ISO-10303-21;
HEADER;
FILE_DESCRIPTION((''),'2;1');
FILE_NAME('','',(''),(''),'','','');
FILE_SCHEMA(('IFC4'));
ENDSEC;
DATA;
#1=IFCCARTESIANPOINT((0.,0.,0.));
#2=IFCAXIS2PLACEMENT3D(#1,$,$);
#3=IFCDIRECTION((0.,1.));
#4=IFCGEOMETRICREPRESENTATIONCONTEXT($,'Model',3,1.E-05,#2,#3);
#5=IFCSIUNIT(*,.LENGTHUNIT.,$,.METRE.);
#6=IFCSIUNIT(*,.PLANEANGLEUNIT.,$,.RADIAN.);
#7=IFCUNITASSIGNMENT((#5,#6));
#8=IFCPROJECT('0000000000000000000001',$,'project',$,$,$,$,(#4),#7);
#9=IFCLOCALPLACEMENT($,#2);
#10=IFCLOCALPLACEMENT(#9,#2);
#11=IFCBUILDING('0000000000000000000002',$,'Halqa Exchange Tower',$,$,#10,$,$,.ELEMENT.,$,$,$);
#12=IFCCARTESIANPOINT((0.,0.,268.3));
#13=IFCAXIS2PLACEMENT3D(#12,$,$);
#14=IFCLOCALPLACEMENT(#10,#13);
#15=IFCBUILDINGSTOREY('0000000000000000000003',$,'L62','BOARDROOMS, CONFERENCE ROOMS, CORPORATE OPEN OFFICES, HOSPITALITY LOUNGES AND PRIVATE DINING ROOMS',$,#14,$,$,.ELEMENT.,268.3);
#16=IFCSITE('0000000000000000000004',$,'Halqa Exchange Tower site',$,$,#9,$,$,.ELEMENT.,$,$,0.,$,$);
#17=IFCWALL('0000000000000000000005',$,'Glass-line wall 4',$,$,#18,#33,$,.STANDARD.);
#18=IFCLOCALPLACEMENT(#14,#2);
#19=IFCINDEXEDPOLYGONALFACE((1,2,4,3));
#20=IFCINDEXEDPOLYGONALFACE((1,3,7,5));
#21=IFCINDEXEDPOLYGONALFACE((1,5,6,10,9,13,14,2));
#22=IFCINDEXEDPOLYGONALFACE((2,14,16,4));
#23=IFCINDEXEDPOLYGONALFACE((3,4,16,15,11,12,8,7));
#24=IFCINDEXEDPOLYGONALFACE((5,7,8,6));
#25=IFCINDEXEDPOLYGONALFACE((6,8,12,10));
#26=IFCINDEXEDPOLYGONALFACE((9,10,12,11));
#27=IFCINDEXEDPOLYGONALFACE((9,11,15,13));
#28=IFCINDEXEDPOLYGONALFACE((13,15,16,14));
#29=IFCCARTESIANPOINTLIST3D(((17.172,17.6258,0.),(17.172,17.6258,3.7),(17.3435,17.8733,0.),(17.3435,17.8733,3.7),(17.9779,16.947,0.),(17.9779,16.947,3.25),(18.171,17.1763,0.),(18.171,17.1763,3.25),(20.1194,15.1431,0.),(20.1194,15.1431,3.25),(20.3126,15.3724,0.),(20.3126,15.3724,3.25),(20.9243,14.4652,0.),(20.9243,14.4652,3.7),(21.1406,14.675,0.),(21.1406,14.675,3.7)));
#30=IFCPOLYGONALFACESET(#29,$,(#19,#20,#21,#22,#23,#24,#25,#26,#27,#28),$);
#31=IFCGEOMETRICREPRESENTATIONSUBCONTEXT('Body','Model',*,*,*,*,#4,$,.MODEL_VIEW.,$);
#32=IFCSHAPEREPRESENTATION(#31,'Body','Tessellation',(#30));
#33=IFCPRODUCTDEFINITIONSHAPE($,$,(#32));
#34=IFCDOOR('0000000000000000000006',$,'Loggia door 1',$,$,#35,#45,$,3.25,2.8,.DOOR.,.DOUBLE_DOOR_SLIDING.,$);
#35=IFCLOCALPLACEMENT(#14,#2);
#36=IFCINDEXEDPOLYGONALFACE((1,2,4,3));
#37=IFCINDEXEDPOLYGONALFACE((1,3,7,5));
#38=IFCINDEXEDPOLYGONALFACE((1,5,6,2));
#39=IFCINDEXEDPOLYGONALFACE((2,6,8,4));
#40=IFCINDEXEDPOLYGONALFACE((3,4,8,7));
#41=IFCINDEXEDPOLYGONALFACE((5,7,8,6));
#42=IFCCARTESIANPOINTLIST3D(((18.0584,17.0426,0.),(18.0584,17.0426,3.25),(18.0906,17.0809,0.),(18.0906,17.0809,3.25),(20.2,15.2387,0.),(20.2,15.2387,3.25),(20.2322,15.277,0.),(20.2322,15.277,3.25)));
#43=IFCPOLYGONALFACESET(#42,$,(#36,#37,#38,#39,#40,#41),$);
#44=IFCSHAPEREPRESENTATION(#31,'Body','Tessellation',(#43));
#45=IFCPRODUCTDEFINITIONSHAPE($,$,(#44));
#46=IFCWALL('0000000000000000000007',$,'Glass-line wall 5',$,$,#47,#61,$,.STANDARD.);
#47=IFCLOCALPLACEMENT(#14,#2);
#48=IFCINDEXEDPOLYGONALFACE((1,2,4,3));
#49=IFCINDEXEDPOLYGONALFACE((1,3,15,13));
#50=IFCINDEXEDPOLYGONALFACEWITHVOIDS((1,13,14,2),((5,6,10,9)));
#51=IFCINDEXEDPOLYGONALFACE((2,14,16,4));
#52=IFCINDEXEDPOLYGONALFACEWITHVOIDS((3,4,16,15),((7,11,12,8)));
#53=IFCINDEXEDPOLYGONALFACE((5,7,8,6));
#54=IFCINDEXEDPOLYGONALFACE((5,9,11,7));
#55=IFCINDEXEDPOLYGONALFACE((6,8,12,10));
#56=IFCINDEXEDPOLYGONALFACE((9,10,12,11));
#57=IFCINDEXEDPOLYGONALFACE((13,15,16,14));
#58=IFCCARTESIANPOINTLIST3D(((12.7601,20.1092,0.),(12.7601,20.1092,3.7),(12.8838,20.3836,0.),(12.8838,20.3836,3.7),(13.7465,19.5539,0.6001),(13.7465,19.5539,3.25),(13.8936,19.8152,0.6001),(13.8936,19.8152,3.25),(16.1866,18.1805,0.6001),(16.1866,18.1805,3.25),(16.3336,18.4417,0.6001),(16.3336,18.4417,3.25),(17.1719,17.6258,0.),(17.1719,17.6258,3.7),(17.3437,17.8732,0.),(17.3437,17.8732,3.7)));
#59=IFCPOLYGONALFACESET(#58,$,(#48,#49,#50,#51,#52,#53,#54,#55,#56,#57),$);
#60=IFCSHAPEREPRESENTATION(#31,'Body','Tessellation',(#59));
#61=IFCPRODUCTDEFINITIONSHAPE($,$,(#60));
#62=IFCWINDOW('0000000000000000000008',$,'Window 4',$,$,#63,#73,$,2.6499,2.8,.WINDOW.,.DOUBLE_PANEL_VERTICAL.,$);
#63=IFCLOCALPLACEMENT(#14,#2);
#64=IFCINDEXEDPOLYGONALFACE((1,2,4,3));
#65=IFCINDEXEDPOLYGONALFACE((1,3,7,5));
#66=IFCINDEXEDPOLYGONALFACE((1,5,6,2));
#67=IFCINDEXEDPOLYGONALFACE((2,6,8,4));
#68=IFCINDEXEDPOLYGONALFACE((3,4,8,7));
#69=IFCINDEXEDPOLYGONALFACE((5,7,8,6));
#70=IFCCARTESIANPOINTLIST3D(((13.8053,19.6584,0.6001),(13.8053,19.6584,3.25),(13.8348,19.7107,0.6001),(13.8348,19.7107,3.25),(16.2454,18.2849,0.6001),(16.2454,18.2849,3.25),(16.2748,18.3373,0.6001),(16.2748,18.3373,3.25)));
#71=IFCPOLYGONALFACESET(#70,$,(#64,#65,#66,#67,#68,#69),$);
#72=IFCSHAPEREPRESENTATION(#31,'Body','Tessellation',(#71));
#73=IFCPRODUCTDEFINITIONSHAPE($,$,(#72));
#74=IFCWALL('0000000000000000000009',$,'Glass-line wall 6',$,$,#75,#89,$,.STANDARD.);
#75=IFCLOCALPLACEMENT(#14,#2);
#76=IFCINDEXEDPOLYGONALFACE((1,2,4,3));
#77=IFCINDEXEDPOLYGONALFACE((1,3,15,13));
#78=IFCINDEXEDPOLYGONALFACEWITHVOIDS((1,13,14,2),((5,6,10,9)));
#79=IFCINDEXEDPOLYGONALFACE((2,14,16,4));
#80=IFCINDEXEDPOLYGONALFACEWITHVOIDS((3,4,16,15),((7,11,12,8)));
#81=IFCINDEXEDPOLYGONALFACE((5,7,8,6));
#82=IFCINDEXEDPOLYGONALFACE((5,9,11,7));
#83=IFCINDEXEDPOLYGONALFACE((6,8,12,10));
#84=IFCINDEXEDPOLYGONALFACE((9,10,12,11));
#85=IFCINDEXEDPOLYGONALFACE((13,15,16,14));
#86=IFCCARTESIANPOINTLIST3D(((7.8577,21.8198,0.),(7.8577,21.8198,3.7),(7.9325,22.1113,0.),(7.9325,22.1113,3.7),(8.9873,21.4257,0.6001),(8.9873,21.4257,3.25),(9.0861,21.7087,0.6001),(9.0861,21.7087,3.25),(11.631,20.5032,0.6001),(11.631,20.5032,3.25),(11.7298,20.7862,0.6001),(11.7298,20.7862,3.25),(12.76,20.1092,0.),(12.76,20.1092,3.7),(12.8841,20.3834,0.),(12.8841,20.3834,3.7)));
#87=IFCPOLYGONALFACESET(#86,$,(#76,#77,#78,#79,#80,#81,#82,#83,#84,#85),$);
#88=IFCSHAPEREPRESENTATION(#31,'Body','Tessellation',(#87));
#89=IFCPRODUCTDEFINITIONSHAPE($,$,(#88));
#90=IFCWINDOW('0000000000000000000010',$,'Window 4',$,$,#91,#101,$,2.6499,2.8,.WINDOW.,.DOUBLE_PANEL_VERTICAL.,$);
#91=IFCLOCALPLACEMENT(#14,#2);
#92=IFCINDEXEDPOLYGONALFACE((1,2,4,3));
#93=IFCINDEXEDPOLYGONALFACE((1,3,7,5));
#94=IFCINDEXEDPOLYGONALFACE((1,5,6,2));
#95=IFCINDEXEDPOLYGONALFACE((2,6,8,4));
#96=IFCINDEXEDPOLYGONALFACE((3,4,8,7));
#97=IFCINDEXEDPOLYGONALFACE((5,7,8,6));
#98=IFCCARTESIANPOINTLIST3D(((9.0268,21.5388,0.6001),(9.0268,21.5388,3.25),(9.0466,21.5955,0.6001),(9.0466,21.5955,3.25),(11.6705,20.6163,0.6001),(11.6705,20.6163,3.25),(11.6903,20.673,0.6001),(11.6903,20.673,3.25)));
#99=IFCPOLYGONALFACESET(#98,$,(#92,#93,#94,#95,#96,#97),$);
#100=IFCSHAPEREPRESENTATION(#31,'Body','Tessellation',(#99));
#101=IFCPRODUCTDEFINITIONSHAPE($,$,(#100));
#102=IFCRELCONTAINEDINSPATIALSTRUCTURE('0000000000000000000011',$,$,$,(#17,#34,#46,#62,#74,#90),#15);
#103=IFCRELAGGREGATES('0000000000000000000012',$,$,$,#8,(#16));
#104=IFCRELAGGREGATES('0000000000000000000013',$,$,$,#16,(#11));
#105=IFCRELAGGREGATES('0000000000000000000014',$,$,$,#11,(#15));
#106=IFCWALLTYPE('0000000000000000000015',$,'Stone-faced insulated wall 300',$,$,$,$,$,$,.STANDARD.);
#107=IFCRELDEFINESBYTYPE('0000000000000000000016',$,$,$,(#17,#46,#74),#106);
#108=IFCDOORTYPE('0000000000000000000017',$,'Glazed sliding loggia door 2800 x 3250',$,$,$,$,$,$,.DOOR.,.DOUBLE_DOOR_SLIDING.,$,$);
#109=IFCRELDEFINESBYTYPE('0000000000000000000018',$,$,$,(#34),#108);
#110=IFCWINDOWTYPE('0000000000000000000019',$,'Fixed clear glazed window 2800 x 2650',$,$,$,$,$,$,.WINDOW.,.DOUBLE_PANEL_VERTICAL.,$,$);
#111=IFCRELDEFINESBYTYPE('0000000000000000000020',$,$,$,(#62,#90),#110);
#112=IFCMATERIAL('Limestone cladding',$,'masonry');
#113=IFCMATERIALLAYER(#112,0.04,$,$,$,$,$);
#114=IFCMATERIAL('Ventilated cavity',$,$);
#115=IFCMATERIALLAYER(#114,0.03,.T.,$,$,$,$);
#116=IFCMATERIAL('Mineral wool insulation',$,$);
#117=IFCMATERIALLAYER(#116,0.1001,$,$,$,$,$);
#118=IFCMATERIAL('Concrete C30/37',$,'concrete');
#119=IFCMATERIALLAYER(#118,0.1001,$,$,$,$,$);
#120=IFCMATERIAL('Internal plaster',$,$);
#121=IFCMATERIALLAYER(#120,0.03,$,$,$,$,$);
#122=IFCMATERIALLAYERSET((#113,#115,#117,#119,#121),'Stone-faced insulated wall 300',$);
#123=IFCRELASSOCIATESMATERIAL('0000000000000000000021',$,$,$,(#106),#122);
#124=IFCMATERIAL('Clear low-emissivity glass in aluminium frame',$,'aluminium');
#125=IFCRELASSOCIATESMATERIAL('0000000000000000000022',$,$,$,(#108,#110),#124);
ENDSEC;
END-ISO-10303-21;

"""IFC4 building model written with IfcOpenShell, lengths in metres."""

from ifc_helpers import new_model, si_unit, direction, frame, frame_2d, origin, place, context, subcontext, project, spatial, polyline, rectangle, outline, extrude, material, layer, layer_set, type_object, element, fill, save


model = new_model("IFC4")

# Units and contexts
model_context = context("Model", 3, precision=1e-05, world=origin(), true_north=direction((0.0, 1.0)))
body_context = subcontext(model_context, "Body", "Model", "MODEL_VIEW")
ifc_project = project(units=[si_unit("LENGTHUNIT", "METRE"), si_unit("PLANEANGLEUNIT", "RADIAN")], contexts=[model_context])

# Site, building, storey
site_placement = place(None, origin())
site = spatial("IfcSite", under=ifc_project, at=site_placement, Name="Halqa Exchange Tower site", CompositionType="ELEMENT", RefElevation=0.0)
building_placement = place(site_placement, origin())
building = spatial("IfcBuilding", under=site, at=building_placement, Name="Halqa Exchange Tower", CompositionType="ELEMENT")
storey_placement = place(building_placement, frame((0.0, 0.0, 268.3)))
storey = spatial("IfcBuildingStorey", under=building, at=storey_placement, Name="L62", Description="BOARDROOMS, CONFERENCE ROOMS, CORPORATE OPEN OFFICES, HOSPITALITY LOUNGES AND PRIVATE DINING ROOMS", CompositionType="ELEMENT", Elevation=268.3)

# Wall, opening, door
ifc_material_1 = material(Name="Limestone cladding", Category="masonry")
ifc_layer_1 = layer(ifc_material_1, 0.04)
ifc_material_2 = material(Name="Ventilated cavity")
ifc_layer_2 = layer(ifc_material_2, 0.03, ventilated=True)
ifc_material_3 = material(Name="Mineral wool insulation")
ifc_layer_3 = layer(ifc_material_3, 0.1001)
ifc_material_4 = material(Name="Concrete C30/37", Category="concrete")
ifc_layer_4 = layer(ifc_material_4, 0.1001)
ifc_material_5 = material(Name="Internal plaster")
ifc_layer_5 = layer(ifc_material_5, 0.03)
ifc_layer_set_1 = layer_set([ifc_layer_1, ifc_layer_2, ifc_layer_3, ifc_layer_4, ifc_layer_5], Name="Stone-faced insulated wall 300")
wall_type_1 = type_object("IfcWallType", Name="Stone-faced insulated wall 300", PredefinedType="STANDARD", material=ifc_layer_set_1)
wall_1_placement = place(storey_placement, frame((21.0325, 14.5701, 0.0), z_axis=(0.0, 0.0, 1.0), x_axis=(-0.764833, 0.644229, 0.0)))
wall_1 = element("IfcWall", 1, at=wall_1_placement, inside=storey, type_object=wall_type_1, Name="Glass-line wall 4", PredefinedType="STANDARD", context=body_context, shape_type="SweptSolid", body=[
    extrude(outline(polyline([(-0.0151, -0.1499), (4.9495, -0.1499), (4.9211, 0.1499), (0.0151, 0.1499), (-0.0151, -0.1499)])), origin(), (0.0, 0.0, 1.0), 3.7),
])
opening_1_placement = place(wall_1_placement, frame((1.0676, 0.0, 0.0)))
opening_1 = element("IfcOpeningElement", 2, at=opening_1_placement, cuts=wall_1, PredefinedType="OPENING", context=body_context, shape_type="SweptSolid", body=[
    extrude(rectangle(XDim=2.8, YDim=3.25, at=frame_2d((1.3999, 1.625))), frame((0.0, 0.1621, 0.0), z_axis=(0.0, -1.0, 0.0), x_axis=(1.0, 0.0, 0.0)), (0.0, 0.0, 1.0), 0.324),
])
ifc_material_6 = material(Name="Clear low-emissivity glass in aluminium frame", Category="aluminium")
door_type = type_object("IfcDoorType", Name="Glazed sliding loggia door 2800 x 3250", OperationType="DOUBLE_DOOR_SLIDING", PredefinedType="DOOR", material=ifc_material_6)
door_placement = place(opening_1_placement, origin())
door = element("IfcDoor", 3, at=door_placement, inside=storey, type_object=door_type, Name="Loggia door 1", OperationType="DOUBLE_DOOR_SLIDING", OverallHeight=3.25, OverallWidth=2.8, PredefinedType="DOOR", context=body_context, shape_type="SweptSolid", body=[
    extrude(rectangle(XDim=2.8, YDim=3.25, at=frame_2d((1.3999, 1.625))), frame((0.0, 0.0249, 0.0), z_axis=(0.0, -1.0, 0.0), x_axis=(1.0, 0.0, 0.0)), (0.0, 0.0, 1.0), 0.05),
])
fill(opening_1, door)

# Walls, openings, windows
wall_2_placement = place(storey_placement, frame((17.2578, 17.7495, 0.0), z_axis=(0.0, 0.0, 1.0), x_axis=(-0.871433, 0.490514, 0.0)))
wall_2 = element("IfcWall", 4, at=wall_2_placement, inside=storey, type_object=wall_type_1, Name="Glass-line wall 5", PredefinedType="STANDARD", context=body_context, shape_type="SweptSolid", body=[
    extrude(outline(polyline([(-0.0142, -0.1499), (5.1038, -0.1499), (5.0769, 0.1499), (0.0142, 0.1499), (-0.0142, -0.1499)])), origin(), (0.0, 0.0, 1.0), 3.7),
])
opening_2_placement = place(wall_2_placement, frame((1.145, 0.0, 0.6001)))
opening_2 = element("IfcOpeningElement", 5, at=opening_2_placement, cuts=wall_2, PredefinedType="OPENING", context=body_context, shape_type="SweptSolid", body=[
    extrude(rectangle(XDim=2.8, YDim=2.6499, at=frame_2d((1.3999, 1.325))), frame((0.0, 0.1621, 0.0), z_axis=(0.0, -1.0, 0.0), x_axis=(1.0, 0.0, 0.0)), (0.0, 0.0, 1.0), 0.324),
])
window_type = type_object("IfcWindowType", Name="Fixed clear glazed window 2800 x 2650", PartitioningType="DOUBLE_PANEL_VERTICAL", PredefinedType="WINDOW", material=ifc_material_6)
window_1_placement = place(opening_2_placement, origin())
window_1 = element("IfcWindow", 6, at=window_1_placement, inside=storey, type_object=window_type, Name="Window 4", OverallHeight=2.6499, OverallWidth=2.8, PartitioningType="DOUBLE_PANEL_VERTICAL", PredefinedType="WINDOW", context=body_context, shape_type="SweptSolid", body=[
    extrude(rectangle(XDim=2.8, YDim=2.6499, at=frame_2d((1.3999, 1.325))), frame((0.0, 0.03, 0.0), z_axis=(0.0, -1.0, 0.0), x_axis=(1.0, 0.0, 0.0)), (0.0, 0.0, 1.0), 0.0601),
])
fill(opening_2, window_1)
wall_3_placement = place(storey_placement, frame((12.822, 20.2463, 0.0), z_axis=(0.0, 0.0, 1.0), x_axis=(-0.944169, 0.32946, 0.0)))
wall_3 = element("IfcWall", 7, at=wall_3_placement, inside=storey, type_object=wall_type_1, Name="Glass-line wall 6", PredefinedType="STANDARD", context=body_context, shape_type="SweptSolid", body=[
    extrude(outline(polyline([(-0.0134, -0.1499), (5.231, -0.1499), (5.2056, 0.1499), (0.0134, 0.1499), (-0.0134, -0.1499)])), origin(), (0.0, 0.0, 1.0), 3.7),
])
opening_3_placement = place(wall_3_placement, frame((1.2092, 0.0, 0.6001)))
opening_3 = element("IfcOpeningElement", 8, at=opening_3_placement, cuts=wall_3, PredefinedType="OPENING", context=body_context, shape_type="SweptSolid", body=[
    extrude(rectangle(XDim=2.8, YDim=2.6499, at=frame_2d((1.3999, 1.325))), frame((0.0, 0.1621, 0.0), z_axis=(0.0, -1.0, 0.0), x_axis=(1.0, 0.0, 0.0)), (0.0, 0.0, 1.0), 0.324),
])
window_2_placement = place(opening_3_placement, origin())
window_2 = element("IfcWindow", 9, at=window_2_placement, inside=storey, type_object=window_type, Name="Window 4", OverallHeight=2.6499, OverallWidth=2.8, PartitioningType="DOUBLE_PANEL_VERTICAL", PredefinedType="WINDOW", context=body_context, shape_type="SweptSolid", body=[
    extrude(rectangle(XDim=2.8, YDim=2.6499, at=frame_2d((1.3999, 1.325))), frame((0.0, 0.03, 0.0), z_axis=(0.0, -1.0, 0.0), x_axis=(1.0, 0.0, 0.0)), (0.0, 0.0, 1.0), 0.0601),
])
fill(opening_3, window_2)

save(model, "model.ifc")
